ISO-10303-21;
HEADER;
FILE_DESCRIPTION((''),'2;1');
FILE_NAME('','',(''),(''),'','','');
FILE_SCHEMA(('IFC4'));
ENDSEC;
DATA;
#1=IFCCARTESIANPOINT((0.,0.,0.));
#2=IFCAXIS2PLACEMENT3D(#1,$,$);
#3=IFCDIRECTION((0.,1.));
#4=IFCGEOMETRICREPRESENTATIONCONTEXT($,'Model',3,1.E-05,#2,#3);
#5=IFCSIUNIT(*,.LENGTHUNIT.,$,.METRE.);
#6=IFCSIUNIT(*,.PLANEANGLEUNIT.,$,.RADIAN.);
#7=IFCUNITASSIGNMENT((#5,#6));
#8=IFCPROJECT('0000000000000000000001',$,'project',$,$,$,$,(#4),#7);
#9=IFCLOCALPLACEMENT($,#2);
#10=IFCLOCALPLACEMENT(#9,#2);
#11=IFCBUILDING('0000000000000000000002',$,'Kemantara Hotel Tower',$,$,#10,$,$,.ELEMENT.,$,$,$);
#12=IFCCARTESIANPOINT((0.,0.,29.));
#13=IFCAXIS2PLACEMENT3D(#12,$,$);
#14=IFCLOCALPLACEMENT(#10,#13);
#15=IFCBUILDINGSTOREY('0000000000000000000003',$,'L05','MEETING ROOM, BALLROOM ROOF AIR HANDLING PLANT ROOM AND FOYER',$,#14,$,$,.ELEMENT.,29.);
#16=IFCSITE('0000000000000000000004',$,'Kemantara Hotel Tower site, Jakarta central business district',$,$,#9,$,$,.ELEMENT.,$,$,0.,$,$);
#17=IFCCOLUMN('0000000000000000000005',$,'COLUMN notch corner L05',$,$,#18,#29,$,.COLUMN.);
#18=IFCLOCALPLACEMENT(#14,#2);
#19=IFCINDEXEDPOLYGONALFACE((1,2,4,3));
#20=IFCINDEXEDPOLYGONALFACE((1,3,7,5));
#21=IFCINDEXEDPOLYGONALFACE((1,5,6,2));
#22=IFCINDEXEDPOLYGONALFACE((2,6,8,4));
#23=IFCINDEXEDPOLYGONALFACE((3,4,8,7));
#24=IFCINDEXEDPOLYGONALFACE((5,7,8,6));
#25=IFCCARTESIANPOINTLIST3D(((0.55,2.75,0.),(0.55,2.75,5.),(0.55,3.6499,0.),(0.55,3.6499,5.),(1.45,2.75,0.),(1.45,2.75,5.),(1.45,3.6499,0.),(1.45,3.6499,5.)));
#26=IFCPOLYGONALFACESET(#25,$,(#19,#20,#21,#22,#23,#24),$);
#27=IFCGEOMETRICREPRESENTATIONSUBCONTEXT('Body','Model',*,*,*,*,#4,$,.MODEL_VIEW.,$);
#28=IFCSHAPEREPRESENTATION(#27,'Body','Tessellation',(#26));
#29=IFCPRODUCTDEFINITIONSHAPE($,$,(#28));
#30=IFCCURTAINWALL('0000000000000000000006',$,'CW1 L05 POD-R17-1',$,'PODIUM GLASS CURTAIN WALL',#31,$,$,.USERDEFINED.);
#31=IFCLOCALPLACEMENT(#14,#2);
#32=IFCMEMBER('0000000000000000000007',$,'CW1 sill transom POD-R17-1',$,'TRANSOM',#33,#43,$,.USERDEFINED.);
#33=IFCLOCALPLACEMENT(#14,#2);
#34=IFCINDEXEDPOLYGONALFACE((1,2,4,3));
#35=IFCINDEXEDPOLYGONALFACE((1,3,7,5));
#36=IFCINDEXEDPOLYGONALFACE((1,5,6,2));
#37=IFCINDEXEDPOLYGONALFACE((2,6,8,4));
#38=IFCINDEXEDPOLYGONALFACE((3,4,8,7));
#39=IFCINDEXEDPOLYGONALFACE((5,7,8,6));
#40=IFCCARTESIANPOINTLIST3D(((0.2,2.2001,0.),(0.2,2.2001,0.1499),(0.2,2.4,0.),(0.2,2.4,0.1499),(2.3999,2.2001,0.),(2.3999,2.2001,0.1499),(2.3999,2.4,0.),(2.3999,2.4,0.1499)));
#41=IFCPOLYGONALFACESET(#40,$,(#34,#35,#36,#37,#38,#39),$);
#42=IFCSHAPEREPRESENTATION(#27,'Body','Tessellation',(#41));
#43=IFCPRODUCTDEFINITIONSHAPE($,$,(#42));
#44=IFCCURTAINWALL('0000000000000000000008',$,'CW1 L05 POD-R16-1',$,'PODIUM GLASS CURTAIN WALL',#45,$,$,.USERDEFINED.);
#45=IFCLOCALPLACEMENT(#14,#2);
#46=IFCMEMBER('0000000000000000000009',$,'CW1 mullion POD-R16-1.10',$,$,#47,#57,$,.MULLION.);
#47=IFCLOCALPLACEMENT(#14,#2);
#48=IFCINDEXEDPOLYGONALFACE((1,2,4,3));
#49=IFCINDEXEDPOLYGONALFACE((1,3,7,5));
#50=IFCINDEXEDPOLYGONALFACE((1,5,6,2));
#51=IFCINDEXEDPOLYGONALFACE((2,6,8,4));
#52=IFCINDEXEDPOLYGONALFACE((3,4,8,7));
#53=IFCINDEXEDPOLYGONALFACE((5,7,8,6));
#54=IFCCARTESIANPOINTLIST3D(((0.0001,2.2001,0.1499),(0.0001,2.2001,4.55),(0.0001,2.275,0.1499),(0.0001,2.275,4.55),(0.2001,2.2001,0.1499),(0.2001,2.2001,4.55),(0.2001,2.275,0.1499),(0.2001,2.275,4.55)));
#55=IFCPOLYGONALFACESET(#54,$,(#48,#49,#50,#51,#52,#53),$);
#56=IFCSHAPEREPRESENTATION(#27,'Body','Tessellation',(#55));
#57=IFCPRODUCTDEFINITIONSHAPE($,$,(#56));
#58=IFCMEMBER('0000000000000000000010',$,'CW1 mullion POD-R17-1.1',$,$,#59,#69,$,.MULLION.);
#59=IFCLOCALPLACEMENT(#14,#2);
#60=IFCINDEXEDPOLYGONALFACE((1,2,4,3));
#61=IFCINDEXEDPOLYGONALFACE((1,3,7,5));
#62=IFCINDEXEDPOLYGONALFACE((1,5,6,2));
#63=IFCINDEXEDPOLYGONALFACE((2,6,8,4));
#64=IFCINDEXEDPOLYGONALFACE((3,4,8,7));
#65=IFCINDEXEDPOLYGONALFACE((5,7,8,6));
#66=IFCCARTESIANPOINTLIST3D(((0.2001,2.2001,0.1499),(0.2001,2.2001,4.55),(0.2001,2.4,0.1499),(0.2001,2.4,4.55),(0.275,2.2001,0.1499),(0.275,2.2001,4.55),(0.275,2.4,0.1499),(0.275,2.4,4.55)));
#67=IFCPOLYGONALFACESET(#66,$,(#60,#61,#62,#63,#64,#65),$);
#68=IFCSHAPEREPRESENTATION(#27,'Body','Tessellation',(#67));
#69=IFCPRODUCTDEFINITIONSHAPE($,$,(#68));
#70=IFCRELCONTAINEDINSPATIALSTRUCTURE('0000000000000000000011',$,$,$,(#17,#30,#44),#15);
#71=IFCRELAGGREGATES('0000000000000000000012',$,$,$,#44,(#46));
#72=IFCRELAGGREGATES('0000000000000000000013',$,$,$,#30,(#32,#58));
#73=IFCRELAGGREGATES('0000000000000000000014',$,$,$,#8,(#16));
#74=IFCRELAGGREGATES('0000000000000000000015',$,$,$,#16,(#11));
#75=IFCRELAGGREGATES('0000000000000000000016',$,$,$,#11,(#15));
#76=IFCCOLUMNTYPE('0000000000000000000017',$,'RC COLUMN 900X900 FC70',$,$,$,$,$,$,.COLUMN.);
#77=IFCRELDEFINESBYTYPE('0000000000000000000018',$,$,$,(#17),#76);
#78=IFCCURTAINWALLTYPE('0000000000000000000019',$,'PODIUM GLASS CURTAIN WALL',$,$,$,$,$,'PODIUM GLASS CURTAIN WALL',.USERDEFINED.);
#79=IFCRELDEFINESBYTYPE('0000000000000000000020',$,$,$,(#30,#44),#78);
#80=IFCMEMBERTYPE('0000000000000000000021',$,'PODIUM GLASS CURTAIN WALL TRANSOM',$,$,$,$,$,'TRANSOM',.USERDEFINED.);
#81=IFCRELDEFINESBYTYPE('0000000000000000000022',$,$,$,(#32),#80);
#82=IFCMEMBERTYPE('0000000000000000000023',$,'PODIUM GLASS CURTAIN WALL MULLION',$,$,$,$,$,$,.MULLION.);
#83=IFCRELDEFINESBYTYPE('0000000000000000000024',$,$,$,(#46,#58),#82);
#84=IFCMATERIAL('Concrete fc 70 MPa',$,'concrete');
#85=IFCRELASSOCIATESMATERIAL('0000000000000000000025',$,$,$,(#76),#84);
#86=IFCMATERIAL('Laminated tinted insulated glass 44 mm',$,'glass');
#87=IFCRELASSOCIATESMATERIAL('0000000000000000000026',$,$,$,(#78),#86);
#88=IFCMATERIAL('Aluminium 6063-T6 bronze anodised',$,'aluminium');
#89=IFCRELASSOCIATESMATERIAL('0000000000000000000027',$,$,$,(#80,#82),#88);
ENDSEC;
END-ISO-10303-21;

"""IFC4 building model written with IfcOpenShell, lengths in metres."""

from ifc_helpers import new_model, si_unit, direction, frame, origin, origin_2d, place, context, subcontext, project, spatial, rectangle, extrude, source, transform, mapped, material, material_profile, profile_set, type_object, element, aggregate, save


model = new_model("IFC4")

# Units and contexts
model_context = context("Model", 3, precision=1e-05, world=origin(), true_north=direction((0.0, 1.0)))
body_context = subcontext(model_context, "Body", "Model", "MODEL_VIEW")
ifc_project = project(units=[si_unit("LENGTHUNIT", "METRE"), si_unit("PLANEANGLEUNIT", "RADIAN")], contexts=[model_context])

# Site, building, storey
site_placement = place(None, origin())
site = spatial("IfcSite", under=ifc_project, at=site_placement, Name="Kemantara Hotel Tower site, Jakarta central business district", CompositionType="ELEMENT", RefElevation=0.0)
building_placement = place(site_placement, origin())
building = spatial("IfcBuilding", under=site, at=building_placement, Name="Kemantara Hotel Tower", CompositionType="ELEMENT")
storey_placement = place(building_placement, frame((0.0, 0.0, 29.0)))
storey = spatial("IfcBuildingStorey", under=building, at=storey_placement, Name="L05", Description="MEETING ROOM, BALLROOM ROOF AIR HANDLING PLANT ROOM AND FOYER", CompositionType="ELEMENT", Elevation=29.0)

# Column
ifc_material_1 = material(Name="Concrete fc 70 MPa", Category="concrete")
ifc_material_profile_1 = material_profile(ifc_material_1, rectangle(XDim=0.8999, YDim=0.8999, at=origin_2d()), Name="RC 900X900")
ifc_profile_set_1 = profile_set([ifc_material_profile_1], Name="Concrete fc 70 MPa")
column_type = type_object("IfcColumnType", Name="RC COLUMN 900X900 FC70", PredefinedType="COLUMN", material=ifc_profile_set_1)
column_placement = place(storey_placement, frame((1.0, 3.2, 0.0), z_axis=(0.0, 0.0, 1.0), x_axis=(1.0, 0.0, 0.0)))
element("IfcColumn", 1, at=column_placement, inside=storey, type_object=column_type, Name="COLUMN notch corner L05", PredefinedType="COLUMN", context=body_context, shape_type="SweptSolid", body=[
    extrude(rectangle(XDim=0.8999, YDim=0.8999, at=origin_2d()), origin(), (0.0, 0.0, 1.0), 5.0),
])

# Curtain walls, members
ifc_material_2 = material(Name="Laminated tinted insulated glass 44 mm", Category="glass")
curtain_wall_type = type_object("IfcCurtainWallType", Name="PODIUM GLASS CURTAIN WALL", ElementType="PODIUM GLASS CURTAIN WALL", PredefinedType="USERDEFINED", material=ifc_material_2)
curtain_wall_1_placement = place(storey_placement, origin())
curtain_wall_1 = element("IfcCurtainWall", 2, at=curtain_wall_1_placement, inside=storey, type_object=curtain_wall_type, Name="CW1 L05 POD-R17-1", ObjectType="PODIUM GLASS CURTAIN WALL", PredefinedType="USERDEFINED")
ifc_material_3 = material(Name="Aluminium 6063-T6 bronze anodised", Category="aluminium")
ifc_material_profile_2 = material_profile(ifc_material_3, rectangle(XDim=0.2, YDim=0.1499, at=origin_2d()), Name="PODIUM GLASS CURTAIN WALL TRANSOM")
ifc_profile_set_2 = profile_set([ifc_material_profile_2], Name="Aluminium 6063-T6 bronze anodised")
member_type_1 = type_object("IfcMemberType", Name="PODIUM GLASS CURTAIN WALL TRANSOM", ElementType="TRANSOM", PredefinedType="USERDEFINED", material=ifc_profile_set_2)
member_1_placement = place(storey_placement, frame((0.2, 2.3, 0.075), z_axis=(1.0, 0.0, 0.0), x_axis=(0.0, 1.0, 0.0)))
member_1 = element("IfcMember", 3, at=member_1_placement, type_object=member_type_1, Name="CW1 sill transom POD-R17-1", ObjectType="TRANSOM", PredefinedType="USERDEFINED", context=body_context, shape_type="SweptSolid", body=[
    extrude(rectangle(XDim=0.2, YDim=0.1499, at=origin_2d()), origin(), (0.0, 0.0, 1.0), 2.2),
])
curtain_wall_2_placement = place(storey_placement, origin())
curtain_wall_2 = element("IfcCurtainWall", 4, at=curtain_wall_2_placement, inside=storey, type_object=curtain_wall_type, Name="CW1 L05 POD-R16-1", ObjectType="PODIUM GLASS CURTAIN WALL", PredefinedType="USERDEFINED")
ifc_material_profile_3 = material_profile(ifc_material_3, rectangle(XDim=0.2, YDim=0.075, at=origin_2d()), Name="PODIUM GLASS CURTAIN WALL MULLION")
ifc_profile_set_3 = profile_set([ifc_material_profile_3], Name="Aluminium 6063-T6 bronze anodised")
member_type_2 = type_object("IfcMemberType", Name="PODIUM GLASS CURTAIN WALL MULLION", PredefinedType="MULLION", material=ifc_profile_set_3)
shared_shape_1 = source(origin(), body_context, "Body", "SweptSolid", [
    extrude(rectangle(XDim=0.2, YDim=0.075, at=origin_2d()), origin(), (0.0, 0.0, 1.0), 4.4001),
])
member_2_placement = place(storey_placement, frame((0.1001, 2.2375, 0.1499), z_axis=(0.0, 0.0, 1.0), x_axis=(1.0, 0.0, 0.0)))
member_2 = element("IfcMember", 5, at=member_2_placement, type_object=member_type_2, Name="CW1 mullion POD-R16-1.10", PredefinedType="MULLION", context=body_context, shape_type="MappedRepresentation", body=[
    mapped(shared_shape_1, transform((0.0, 0.0, 0.0))),
])
aggregate(curtain_wall_2, [member_2])

# Member
member_3_placement = place(storey_placement, frame((0.2375, 2.3, 0.1499), z_axis=(0.0, 0.0, 1.0), x_axis=(0.0, 1.0, 0.0)))
member_3 = element("IfcMember", 6, at=member_3_placement, type_object=member_type_2, Name="CW1 mullion POD-R17-1.1", PredefinedType="MULLION", context=body_context, shape_type="MappedRepresentation", body=[
    mapped(shared_shape_1, transform((0.0, 0.0, 0.0))),
])

aggregate(curtain_wall_1, [member_1, member_3])

save(model, "model.ifc")
